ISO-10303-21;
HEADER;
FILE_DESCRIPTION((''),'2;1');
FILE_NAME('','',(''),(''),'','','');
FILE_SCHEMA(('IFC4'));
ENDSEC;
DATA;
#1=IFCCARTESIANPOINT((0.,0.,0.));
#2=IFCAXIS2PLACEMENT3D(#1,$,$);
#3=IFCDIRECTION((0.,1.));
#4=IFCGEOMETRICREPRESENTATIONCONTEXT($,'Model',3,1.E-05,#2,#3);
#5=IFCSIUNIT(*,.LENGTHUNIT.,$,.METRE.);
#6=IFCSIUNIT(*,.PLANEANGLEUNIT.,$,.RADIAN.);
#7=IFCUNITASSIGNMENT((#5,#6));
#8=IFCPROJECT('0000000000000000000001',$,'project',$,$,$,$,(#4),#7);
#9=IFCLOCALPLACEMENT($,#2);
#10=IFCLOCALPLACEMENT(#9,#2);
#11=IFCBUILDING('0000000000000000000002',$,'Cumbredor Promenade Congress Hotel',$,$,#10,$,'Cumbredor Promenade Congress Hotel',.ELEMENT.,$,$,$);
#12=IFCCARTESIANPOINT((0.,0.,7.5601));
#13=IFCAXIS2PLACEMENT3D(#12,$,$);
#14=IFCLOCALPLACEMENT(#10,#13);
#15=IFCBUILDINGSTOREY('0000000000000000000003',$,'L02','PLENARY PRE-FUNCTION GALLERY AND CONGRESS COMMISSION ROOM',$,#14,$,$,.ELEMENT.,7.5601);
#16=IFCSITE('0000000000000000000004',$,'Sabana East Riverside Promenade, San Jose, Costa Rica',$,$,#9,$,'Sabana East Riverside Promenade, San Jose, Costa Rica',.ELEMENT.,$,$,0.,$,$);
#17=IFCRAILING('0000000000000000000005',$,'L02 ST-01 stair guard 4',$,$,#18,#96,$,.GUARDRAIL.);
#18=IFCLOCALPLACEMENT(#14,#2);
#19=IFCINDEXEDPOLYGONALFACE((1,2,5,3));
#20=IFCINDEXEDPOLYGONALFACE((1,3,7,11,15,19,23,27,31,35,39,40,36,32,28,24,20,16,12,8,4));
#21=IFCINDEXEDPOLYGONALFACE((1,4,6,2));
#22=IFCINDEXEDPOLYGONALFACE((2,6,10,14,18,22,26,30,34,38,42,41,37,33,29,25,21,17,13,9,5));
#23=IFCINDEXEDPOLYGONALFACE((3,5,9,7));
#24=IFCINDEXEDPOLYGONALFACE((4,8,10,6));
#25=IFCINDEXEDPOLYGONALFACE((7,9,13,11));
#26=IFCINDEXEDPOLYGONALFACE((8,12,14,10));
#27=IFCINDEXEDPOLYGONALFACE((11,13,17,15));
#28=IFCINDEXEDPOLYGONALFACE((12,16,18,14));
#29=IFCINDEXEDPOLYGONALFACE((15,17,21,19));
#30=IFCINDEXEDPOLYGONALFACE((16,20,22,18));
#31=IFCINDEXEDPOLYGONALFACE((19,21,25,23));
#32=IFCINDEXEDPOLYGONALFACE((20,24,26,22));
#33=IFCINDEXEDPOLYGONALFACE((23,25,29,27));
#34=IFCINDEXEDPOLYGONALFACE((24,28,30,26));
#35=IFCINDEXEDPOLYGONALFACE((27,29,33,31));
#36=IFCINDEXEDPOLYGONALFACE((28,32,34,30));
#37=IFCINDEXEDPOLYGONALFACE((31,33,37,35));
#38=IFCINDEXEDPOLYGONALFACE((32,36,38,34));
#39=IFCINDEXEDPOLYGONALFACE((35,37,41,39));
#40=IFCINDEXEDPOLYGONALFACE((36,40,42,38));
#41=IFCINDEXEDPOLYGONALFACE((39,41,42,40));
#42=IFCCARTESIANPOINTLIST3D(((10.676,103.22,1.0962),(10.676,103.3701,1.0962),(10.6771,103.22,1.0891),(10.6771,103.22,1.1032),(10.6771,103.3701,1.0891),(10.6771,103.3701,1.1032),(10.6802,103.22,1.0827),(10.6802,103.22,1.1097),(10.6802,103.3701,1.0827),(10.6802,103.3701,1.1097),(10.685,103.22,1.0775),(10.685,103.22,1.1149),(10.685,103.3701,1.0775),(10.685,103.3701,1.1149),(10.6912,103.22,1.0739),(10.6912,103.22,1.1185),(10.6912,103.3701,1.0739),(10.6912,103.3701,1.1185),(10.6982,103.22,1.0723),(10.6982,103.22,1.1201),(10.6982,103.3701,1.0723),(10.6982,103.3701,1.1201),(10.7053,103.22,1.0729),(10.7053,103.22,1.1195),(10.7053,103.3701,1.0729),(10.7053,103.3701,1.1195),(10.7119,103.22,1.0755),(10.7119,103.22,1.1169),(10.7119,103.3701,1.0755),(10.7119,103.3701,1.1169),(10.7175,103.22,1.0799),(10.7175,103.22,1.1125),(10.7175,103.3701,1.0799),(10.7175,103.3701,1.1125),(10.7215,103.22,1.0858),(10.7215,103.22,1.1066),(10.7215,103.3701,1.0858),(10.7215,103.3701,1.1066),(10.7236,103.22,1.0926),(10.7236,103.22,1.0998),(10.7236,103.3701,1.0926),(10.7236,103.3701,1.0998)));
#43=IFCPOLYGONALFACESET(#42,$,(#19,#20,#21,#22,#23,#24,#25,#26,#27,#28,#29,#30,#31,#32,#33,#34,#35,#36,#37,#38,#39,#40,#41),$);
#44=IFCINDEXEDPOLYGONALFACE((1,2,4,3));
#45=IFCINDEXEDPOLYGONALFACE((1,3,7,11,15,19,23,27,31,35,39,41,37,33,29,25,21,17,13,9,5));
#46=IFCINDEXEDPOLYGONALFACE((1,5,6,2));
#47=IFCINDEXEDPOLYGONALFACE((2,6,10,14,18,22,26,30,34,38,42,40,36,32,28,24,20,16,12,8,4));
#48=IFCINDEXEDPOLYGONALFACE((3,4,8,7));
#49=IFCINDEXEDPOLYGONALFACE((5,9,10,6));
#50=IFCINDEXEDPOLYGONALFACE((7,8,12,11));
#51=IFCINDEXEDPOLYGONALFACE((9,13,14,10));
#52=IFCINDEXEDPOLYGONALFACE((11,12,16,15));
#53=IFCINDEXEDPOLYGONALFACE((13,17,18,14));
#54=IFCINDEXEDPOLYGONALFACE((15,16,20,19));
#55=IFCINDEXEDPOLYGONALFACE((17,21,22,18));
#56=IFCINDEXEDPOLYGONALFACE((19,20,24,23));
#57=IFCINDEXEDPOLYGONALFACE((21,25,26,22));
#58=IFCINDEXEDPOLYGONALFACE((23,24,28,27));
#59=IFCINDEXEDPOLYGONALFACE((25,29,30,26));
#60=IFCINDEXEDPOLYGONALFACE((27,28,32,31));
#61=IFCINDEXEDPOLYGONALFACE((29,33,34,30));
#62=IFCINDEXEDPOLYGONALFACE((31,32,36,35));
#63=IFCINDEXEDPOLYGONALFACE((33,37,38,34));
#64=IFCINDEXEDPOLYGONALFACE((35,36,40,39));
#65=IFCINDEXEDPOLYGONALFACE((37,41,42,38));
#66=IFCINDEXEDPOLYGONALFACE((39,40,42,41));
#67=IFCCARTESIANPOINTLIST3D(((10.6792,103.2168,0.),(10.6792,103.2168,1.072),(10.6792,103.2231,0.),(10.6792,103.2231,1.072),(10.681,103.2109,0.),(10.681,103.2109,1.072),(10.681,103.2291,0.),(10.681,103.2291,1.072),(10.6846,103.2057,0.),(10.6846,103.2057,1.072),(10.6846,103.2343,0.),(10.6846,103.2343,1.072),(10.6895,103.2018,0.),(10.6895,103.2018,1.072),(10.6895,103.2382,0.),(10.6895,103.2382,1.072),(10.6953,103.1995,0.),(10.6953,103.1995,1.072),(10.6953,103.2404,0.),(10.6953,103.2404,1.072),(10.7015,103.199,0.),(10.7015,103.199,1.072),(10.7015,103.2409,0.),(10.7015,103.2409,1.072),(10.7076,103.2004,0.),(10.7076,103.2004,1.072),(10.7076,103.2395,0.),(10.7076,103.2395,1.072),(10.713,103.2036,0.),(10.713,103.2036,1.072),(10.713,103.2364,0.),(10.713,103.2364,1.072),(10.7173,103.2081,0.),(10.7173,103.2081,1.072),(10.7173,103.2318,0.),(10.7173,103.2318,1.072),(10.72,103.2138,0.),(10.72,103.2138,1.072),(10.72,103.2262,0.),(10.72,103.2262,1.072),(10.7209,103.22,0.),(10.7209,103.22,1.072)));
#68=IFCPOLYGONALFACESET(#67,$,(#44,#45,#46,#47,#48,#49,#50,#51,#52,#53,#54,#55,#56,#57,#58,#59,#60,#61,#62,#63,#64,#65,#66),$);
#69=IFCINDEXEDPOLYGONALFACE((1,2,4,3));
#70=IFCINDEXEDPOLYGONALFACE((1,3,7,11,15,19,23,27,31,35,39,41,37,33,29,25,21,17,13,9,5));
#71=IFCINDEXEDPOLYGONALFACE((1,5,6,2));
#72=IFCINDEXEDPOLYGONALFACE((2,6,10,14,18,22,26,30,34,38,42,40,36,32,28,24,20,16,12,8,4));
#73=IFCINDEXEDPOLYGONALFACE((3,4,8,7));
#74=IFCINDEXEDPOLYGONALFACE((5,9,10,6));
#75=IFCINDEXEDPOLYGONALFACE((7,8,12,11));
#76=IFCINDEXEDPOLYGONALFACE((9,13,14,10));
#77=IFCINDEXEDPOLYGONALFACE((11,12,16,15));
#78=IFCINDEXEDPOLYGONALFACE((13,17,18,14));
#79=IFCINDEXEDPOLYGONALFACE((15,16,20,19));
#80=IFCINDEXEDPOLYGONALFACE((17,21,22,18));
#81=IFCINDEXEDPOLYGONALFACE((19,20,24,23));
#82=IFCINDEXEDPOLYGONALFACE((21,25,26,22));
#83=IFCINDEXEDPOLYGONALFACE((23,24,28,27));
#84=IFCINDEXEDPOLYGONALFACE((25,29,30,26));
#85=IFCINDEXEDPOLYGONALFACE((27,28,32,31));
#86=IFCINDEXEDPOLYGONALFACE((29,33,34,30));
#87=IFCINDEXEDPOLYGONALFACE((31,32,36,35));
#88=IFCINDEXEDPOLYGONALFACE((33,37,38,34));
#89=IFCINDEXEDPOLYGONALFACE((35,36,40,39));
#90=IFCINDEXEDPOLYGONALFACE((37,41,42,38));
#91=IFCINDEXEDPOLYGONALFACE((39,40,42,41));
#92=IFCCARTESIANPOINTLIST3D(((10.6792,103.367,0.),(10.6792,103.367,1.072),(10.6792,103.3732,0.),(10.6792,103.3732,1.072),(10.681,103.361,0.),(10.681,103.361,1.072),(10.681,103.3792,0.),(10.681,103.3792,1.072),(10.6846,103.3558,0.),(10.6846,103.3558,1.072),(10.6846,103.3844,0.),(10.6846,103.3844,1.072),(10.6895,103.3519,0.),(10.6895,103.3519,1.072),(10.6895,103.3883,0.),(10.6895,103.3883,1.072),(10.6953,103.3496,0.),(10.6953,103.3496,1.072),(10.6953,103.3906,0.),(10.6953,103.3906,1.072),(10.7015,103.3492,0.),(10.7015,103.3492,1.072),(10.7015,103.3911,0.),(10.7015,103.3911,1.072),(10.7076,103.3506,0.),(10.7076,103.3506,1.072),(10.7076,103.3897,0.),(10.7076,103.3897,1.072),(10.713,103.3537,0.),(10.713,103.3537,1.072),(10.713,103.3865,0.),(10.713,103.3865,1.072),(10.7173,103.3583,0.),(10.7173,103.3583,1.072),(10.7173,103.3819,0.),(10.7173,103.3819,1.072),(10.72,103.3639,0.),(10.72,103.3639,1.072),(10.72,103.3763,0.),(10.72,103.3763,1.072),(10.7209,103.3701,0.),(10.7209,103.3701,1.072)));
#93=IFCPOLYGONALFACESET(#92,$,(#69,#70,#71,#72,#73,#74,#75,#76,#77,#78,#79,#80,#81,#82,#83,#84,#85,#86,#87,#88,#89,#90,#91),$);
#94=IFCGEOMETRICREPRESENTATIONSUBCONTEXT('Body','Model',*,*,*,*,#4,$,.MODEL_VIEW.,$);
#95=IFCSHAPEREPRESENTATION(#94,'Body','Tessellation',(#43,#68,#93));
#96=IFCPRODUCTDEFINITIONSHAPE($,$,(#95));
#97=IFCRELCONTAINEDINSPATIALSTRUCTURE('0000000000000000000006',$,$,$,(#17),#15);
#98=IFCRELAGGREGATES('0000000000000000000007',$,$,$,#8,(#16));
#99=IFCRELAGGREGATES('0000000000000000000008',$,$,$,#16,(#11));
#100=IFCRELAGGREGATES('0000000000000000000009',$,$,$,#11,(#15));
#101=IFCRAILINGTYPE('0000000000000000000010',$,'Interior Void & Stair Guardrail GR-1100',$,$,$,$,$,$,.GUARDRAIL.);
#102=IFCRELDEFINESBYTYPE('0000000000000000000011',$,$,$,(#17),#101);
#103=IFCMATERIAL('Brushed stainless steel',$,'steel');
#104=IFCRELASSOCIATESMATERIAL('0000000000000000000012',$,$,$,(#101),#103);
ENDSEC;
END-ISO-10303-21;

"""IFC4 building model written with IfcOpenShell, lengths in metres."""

from ifc_helpers import new_model, si_unit, direction, frame, origin, origin_2d, place, context, subcontext, project, spatial, circle, extrude, material, type_object, element, save


model = new_model("IFC4")

# Units and contexts
model_context = context("Model", 3, precision=1e-05, world=origin(), true_north=direction((0.0, 1.0)))
body_context = subcontext(model_context, "Body", "Model", "MODEL_VIEW")
ifc_project = project(units=[si_unit("LENGTHUNIT", "METRE"), si_unit("PLANEANGLEUNIT", "RADIAN")], contexts=[model_context])

# Site, building, storey
site_placement = place(None, origin())
site = spatial("IfcSite", under=ifc_project, at=site_placement, Name="Sabana East Riverside Promenade, San Jose, Costa Rica", LongName="Sabana East Riverside Promenade, San Jose, Costa Rica", CompositionType="ELEMENT", RefElevation=0.0)
building_placement = place(site_placement, origin())
building = spatial("IfcBuilding", under=site, at=building_placement, Name="Cumbredor Promenade Congress Hotel", LongName="Cumbredor Promenade Congress Hotel", CompositionType="ELEMENT")
storey_placement = place(building_placement, frame((0.0, 0.0, 7.5601)))
storey = spatial("IfcBuildingStorey", under=building, at=storey_placement, Name="L02", Description="PLENARY PRE-FUNCTION GALLERY AND CONGRESS COMMISSION ROOM", CompositionType="ELEMENT", Elevation=7.5601)

# Railing
ifc_material_1 = material(Name="Brushed stainless steel", Category="steel")
railing_type_1 = type_object("IfcRailingType", Name="Interior Void & Stair Guardrail GR-1100", PredefinedType="GUARDRAIL", material=ifc_material_1)
railing_1_placement = place(storey_placement, frame((10.7, 103.22, 0.0)))
element("IfcRailing", 1, at=railing_1_placement, inside=storey, type_object=railing_type_1, Name="L02 ST-01 stair guard 4", PredefinedType="GUARDRAIL", context=body_context, shape_type="SweptSolid", body=[
    extrude(circle(Radius=0.0239, at=origin_2d()), frame((0.0, 0.0, 1.0962), z_axis=(0.0, 1.0, 0.0), x_axis=(-1.0, 0.0, 0.0)), (0.0, 0.0, 1.0), 0.1501),
    extrude(circle(Radius=0.021, at=origin_2d()), origin(), (0.0, 0.0, 1.0), 1.072),
    extrude(circle(Radius=0.021, at=origin_2d()), frame((0.0, 0.1501, 0.0)), (0.0, 0.0, 1.0), 1.072),
])

save(model, "model.ifc")
